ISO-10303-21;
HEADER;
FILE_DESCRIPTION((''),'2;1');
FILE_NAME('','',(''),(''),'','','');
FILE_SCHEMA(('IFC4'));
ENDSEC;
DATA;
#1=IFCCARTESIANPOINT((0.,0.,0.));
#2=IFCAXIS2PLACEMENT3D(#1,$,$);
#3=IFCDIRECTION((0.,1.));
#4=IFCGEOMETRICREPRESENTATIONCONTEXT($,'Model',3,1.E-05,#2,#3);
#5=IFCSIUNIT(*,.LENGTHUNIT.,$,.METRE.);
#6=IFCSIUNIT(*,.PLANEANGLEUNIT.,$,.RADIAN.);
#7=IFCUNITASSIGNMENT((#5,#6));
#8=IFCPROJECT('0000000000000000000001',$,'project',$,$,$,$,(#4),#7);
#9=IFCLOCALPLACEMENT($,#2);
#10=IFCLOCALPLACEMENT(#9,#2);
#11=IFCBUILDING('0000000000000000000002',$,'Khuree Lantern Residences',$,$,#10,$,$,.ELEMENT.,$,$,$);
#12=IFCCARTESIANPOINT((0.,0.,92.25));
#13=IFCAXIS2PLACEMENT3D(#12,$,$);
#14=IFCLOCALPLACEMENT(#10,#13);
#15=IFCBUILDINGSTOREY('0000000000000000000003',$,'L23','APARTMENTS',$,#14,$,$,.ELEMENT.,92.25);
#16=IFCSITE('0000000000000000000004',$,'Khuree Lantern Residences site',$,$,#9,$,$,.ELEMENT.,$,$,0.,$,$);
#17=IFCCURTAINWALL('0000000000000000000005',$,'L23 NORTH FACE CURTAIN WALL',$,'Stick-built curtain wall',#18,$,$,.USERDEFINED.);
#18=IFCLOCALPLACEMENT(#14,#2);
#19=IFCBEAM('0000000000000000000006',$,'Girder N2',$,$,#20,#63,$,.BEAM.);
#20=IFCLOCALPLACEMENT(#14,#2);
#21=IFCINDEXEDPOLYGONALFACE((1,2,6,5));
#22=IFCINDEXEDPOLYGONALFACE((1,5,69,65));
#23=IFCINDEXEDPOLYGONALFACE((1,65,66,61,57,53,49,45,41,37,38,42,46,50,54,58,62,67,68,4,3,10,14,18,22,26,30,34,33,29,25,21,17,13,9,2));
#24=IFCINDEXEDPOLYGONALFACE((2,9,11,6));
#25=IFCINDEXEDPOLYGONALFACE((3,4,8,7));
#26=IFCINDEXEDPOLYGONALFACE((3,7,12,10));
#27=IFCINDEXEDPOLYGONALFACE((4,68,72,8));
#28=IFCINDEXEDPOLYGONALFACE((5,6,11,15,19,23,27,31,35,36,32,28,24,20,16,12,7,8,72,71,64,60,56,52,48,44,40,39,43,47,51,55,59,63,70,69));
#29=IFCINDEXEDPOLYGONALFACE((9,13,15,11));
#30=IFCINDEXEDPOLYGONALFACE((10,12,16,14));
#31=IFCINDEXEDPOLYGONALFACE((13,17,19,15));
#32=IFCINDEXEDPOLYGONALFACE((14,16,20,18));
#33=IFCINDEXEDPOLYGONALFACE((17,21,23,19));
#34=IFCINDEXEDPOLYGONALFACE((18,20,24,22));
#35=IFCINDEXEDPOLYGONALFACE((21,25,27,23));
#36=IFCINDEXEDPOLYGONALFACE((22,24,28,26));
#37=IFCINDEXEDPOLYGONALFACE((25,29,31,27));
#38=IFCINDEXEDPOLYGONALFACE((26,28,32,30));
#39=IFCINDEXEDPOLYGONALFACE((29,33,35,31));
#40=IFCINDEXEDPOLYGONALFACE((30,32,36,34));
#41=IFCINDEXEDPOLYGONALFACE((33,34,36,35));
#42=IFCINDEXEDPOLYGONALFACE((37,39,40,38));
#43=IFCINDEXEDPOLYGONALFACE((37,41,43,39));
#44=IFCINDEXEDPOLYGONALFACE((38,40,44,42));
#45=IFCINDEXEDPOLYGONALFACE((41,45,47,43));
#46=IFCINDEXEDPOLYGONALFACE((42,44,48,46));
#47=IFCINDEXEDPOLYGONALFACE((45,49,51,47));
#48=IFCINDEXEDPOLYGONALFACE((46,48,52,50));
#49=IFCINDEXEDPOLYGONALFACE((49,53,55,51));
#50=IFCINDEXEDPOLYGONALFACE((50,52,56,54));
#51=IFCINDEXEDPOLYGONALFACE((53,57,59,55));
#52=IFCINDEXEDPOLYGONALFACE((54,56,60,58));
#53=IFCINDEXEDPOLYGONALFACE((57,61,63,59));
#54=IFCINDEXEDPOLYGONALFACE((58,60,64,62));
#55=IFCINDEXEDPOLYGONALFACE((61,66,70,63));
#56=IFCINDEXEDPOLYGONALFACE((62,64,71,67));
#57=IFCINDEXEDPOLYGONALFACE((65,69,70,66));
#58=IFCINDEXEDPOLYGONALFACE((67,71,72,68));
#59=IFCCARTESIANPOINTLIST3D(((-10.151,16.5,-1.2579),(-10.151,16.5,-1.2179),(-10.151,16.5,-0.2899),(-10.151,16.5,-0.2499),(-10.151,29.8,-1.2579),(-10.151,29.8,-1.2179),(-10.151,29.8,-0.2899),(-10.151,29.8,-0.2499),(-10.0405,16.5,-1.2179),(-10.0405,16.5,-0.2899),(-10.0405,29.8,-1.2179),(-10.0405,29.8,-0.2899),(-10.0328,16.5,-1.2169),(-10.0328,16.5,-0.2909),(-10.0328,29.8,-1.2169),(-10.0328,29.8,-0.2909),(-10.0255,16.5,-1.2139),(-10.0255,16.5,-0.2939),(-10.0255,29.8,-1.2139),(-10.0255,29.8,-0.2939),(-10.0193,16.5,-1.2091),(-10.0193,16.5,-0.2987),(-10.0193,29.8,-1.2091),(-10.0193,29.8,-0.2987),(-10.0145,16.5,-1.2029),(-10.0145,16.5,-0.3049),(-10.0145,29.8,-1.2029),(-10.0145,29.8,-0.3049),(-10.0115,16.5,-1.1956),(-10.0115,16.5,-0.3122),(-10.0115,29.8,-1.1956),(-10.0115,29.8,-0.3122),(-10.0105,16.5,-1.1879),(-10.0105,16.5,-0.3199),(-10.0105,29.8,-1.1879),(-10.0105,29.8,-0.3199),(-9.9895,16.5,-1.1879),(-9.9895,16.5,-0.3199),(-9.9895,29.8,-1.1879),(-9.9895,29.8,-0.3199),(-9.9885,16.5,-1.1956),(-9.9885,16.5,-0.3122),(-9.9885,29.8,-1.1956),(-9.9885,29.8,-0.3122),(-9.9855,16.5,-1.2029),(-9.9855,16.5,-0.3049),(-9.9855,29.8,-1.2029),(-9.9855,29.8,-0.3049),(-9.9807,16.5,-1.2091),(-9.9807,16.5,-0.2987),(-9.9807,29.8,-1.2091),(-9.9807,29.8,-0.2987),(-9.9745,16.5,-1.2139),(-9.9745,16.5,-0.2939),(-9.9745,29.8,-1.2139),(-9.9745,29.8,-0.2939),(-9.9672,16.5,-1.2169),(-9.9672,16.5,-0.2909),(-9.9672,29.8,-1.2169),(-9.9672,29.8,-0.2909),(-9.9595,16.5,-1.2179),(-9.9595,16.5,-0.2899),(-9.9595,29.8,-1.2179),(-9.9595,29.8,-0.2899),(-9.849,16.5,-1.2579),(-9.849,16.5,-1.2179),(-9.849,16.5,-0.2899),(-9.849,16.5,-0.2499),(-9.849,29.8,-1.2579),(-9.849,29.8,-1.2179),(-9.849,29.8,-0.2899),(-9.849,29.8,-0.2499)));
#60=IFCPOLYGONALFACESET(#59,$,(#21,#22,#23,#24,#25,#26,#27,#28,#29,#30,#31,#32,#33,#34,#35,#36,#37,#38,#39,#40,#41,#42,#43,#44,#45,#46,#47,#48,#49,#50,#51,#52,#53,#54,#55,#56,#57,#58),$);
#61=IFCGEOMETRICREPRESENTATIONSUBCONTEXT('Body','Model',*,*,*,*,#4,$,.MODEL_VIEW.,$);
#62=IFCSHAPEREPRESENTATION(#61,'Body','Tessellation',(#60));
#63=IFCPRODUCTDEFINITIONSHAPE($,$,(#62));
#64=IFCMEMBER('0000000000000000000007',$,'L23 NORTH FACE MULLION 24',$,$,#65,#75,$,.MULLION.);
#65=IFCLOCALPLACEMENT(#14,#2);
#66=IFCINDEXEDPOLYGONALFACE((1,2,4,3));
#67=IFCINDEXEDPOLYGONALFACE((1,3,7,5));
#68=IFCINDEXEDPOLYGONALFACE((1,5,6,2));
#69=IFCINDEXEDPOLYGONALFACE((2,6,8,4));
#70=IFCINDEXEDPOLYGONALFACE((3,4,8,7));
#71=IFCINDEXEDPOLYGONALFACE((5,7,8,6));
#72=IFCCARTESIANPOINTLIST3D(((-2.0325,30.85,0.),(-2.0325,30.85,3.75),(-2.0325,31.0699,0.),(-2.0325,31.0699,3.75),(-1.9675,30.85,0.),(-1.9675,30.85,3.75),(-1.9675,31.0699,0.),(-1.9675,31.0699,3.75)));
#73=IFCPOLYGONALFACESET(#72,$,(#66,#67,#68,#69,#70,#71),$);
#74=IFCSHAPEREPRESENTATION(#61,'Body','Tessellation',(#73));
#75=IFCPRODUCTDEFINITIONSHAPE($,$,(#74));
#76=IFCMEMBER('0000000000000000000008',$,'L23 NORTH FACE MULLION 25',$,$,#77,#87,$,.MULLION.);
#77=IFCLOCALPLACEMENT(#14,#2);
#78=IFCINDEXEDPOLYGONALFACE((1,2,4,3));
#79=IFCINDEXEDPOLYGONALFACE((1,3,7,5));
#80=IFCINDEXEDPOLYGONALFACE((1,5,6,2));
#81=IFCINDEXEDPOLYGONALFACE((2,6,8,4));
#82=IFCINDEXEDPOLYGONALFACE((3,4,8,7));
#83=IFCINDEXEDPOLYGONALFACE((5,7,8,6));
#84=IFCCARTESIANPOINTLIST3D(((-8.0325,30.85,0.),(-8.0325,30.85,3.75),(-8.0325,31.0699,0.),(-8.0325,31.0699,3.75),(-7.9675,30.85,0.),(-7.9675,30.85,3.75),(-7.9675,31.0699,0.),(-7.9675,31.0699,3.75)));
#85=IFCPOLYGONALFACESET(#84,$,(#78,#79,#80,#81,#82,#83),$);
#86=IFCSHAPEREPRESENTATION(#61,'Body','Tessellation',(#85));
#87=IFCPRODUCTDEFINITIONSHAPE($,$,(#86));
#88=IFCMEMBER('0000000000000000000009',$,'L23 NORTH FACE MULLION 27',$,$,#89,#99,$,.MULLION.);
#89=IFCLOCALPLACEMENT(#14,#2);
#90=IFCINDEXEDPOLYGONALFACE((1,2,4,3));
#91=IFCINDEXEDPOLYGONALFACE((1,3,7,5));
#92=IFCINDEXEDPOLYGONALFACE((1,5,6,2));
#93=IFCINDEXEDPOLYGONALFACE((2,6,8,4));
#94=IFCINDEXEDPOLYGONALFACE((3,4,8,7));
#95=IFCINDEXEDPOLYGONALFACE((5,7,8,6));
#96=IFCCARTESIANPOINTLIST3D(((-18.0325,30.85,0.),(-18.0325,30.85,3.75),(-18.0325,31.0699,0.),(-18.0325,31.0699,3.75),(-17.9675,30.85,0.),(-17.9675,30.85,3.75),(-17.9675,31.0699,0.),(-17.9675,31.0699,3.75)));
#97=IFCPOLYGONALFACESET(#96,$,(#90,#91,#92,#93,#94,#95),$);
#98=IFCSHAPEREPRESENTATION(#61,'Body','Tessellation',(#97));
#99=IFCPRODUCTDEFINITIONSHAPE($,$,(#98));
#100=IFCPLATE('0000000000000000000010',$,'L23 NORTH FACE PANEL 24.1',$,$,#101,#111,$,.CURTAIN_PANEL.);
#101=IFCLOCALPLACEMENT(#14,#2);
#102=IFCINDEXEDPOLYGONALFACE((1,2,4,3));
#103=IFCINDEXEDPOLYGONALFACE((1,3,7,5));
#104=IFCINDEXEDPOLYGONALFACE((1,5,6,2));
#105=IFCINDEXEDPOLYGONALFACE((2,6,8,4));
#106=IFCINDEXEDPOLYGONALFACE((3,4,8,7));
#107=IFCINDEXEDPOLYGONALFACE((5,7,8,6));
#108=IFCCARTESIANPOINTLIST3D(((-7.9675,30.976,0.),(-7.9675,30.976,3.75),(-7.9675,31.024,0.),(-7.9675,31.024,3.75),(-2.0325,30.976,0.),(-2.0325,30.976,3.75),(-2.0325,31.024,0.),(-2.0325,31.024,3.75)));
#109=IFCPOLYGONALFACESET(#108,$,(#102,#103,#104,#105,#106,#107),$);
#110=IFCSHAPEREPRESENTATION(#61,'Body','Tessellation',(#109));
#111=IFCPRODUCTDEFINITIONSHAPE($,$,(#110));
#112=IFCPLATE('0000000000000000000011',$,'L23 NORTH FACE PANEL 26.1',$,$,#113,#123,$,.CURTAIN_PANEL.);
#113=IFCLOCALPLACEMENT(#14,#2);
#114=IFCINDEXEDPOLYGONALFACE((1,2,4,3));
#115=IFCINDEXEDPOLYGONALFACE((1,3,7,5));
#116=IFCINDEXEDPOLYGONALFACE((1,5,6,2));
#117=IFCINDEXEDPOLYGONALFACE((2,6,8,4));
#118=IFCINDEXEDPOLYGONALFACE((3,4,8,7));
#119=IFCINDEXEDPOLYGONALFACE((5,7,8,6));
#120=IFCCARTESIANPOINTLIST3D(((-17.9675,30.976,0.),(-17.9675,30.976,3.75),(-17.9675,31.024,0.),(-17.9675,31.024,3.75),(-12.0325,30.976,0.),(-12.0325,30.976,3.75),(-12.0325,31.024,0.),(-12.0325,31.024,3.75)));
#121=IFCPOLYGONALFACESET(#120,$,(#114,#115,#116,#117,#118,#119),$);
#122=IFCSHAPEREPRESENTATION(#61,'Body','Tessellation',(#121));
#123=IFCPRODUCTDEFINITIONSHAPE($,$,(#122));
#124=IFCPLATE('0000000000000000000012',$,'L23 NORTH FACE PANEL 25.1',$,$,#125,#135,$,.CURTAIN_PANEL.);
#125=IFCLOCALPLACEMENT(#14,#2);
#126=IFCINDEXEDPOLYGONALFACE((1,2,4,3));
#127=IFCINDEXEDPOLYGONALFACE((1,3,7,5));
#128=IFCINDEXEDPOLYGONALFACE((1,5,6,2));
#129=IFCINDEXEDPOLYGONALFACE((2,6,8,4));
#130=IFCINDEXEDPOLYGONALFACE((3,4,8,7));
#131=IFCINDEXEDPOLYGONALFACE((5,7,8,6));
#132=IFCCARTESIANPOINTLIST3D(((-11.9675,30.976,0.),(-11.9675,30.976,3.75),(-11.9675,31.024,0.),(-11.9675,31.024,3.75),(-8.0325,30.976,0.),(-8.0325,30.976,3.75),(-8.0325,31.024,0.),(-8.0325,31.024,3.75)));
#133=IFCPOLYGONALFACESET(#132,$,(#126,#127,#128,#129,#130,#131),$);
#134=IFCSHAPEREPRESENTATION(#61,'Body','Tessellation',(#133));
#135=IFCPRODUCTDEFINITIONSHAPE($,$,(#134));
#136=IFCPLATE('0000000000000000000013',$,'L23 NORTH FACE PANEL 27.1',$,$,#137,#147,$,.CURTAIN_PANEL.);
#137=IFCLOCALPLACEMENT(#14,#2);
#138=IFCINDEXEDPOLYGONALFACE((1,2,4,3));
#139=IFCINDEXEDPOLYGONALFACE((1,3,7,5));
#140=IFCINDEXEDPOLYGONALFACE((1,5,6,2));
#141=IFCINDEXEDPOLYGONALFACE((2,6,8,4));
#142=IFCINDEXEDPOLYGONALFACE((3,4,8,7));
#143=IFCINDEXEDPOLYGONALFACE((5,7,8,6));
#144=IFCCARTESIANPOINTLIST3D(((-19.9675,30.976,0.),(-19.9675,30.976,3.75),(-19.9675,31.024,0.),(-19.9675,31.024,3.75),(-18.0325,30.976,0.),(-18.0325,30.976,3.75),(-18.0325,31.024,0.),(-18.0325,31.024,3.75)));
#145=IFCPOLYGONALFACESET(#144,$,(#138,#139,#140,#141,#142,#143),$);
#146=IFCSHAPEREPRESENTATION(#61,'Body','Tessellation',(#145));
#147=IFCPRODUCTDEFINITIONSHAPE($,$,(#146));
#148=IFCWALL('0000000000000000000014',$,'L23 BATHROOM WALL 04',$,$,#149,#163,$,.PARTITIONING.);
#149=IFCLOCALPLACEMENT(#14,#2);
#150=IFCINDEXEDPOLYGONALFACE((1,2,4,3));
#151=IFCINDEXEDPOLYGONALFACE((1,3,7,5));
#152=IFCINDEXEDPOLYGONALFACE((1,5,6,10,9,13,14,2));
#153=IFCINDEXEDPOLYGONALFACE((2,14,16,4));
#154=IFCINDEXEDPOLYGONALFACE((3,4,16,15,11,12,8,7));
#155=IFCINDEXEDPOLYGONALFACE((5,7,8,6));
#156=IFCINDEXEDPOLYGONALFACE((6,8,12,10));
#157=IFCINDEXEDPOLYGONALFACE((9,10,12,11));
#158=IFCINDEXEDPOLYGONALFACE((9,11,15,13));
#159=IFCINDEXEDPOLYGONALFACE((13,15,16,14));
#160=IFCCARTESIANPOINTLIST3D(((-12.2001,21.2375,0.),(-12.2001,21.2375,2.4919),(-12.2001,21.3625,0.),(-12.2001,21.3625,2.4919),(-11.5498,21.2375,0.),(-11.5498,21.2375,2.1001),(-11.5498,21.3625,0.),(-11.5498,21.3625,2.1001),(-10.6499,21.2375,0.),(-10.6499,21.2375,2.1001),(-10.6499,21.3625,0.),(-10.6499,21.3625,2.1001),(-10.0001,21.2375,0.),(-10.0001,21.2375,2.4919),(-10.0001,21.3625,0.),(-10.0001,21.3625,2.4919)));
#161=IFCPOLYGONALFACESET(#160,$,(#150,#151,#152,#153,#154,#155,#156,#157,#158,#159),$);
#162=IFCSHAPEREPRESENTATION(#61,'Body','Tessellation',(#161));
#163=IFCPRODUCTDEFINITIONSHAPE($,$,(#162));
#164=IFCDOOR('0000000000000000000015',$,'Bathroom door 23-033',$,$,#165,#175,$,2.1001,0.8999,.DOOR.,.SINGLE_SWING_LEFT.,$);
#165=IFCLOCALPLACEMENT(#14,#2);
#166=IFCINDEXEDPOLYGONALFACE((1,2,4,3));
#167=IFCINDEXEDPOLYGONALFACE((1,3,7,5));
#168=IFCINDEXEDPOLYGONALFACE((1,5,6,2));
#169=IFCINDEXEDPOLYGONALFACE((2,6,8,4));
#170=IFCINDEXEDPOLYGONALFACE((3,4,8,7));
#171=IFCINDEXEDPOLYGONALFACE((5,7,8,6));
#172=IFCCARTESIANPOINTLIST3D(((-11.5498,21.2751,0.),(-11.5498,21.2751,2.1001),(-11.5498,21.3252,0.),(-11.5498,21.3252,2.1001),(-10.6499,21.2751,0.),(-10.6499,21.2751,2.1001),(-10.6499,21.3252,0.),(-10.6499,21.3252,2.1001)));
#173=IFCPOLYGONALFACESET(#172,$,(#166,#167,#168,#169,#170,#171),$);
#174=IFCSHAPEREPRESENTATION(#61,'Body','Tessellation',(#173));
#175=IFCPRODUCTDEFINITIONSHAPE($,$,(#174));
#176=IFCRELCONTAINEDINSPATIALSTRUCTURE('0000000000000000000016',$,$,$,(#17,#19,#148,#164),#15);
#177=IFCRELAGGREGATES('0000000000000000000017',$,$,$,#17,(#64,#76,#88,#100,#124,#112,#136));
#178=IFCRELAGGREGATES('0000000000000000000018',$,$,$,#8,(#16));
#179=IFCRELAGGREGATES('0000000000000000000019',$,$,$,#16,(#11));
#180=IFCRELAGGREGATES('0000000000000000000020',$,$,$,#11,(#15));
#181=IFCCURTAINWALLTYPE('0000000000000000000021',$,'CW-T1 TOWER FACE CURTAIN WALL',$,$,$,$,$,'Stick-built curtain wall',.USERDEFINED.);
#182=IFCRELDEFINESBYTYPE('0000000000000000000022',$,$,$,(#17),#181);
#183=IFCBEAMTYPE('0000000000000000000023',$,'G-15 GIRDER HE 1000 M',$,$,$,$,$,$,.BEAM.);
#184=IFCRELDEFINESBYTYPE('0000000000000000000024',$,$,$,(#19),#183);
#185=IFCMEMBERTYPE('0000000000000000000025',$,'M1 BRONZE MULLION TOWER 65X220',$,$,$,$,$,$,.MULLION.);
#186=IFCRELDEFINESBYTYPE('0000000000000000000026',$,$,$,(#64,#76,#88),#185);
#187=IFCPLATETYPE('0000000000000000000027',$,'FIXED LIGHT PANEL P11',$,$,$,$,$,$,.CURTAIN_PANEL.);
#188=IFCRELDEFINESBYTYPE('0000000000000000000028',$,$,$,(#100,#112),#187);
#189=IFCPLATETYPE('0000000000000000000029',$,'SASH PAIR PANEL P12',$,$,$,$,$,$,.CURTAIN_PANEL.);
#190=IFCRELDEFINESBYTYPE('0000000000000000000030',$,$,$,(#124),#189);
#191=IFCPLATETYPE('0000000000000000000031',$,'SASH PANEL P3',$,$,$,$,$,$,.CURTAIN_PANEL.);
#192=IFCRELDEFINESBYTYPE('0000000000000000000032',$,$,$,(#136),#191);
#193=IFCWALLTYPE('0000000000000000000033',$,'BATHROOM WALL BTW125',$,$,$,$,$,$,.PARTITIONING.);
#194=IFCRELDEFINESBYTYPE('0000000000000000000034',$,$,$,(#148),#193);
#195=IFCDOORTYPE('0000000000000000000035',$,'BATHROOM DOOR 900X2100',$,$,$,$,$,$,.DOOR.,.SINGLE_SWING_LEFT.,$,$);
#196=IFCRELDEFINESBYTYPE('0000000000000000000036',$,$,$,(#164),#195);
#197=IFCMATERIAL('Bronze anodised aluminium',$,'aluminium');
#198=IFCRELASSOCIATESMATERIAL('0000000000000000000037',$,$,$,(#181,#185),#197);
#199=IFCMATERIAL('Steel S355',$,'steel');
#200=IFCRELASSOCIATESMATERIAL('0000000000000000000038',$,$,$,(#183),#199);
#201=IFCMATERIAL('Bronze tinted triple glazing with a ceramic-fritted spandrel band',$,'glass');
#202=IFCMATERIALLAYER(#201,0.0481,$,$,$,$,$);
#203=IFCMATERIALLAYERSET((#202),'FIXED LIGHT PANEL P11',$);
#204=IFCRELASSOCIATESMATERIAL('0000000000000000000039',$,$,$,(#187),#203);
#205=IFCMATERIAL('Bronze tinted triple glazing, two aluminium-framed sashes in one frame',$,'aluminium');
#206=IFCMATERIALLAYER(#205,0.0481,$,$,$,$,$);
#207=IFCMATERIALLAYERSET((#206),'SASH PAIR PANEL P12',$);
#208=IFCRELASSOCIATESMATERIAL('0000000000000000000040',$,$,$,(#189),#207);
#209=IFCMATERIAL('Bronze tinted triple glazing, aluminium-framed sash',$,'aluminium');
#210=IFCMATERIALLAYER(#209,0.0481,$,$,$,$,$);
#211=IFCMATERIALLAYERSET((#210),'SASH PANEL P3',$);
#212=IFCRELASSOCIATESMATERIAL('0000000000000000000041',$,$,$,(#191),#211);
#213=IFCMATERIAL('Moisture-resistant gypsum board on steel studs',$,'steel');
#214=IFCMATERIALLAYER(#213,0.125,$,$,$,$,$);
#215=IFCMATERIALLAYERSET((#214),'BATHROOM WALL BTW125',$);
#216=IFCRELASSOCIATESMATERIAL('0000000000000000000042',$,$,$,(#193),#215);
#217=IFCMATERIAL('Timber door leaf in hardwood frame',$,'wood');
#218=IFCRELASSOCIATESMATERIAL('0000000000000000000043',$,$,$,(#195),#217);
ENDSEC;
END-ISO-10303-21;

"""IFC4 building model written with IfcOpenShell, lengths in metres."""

from ifc_helpers import new_model, si_unit, direction, frame, frame_2d, origin, origin_2d, place, context, subcontext, project, spatial, rectangle, i_section, extrude, material, layer, layer_set, material_profile, profile_set, type_object, element, fill, aggregate, save


model = new_model("IFC4")

# Units and contexts
model_context = context("Model", 3, precision=1e-05, world=origin(), true_north=direction((0.0, 1.0)))
body_context = subcontext(model_context, "Body", "Model", "MODEL_VIEW")
ifc_project = project(units=[si_unit("LENGTHUNIT", "METRE"), si_unit("PLANEANGLEUNIT", "RADIAN")], contexts=[model_context])

# Site, building, storey
site_placement = place(None, origin())
site = spatial("IfcSite", under=ifc_project, at=site_placement, Name="Khuree Lantern Residences site", CompositionType="ELEMENT", RefElevation=0.0)
building_placement = place(site_placement, origin())
building = spatial("IfcBuilding", under=site, at=building_placement, Name="Khuree Lantern Residences", CompositionType="ELEMENT")
storey_placement = place(building_placement, frame((0.0, 0.0, 92.25)))
storey = spatial("IfcBuildingStorey", under=building, at=storey_placement, Name="L23", Description="APARTMENTS", CompositionType="ELEMENT", Elevation=92.25)

# Shared definitions
ifc_material_1 = material(Name="Steel S355", Category="steel")

# Curtain wall
ifc_material_2 = material(Name="Bronze anodised aluminium", Category="aluminium")
curtain_wall_type = type_object("IfcCurtainWallType", Name="CW-T1 TOWER FACE CURTAIN WALL", ElementType="Stick-built curtain wall", PredefinedType="USERDEFINED", material=ifc_material_2)
curtain_wall_placement = place(storey_placement, origin())
curtain_wall = element("IfcCurtainWall", 1, at=curtain_wall_placement, inside=storey, type_object=curtain_wall_type, Name="L23 NORTH FACE CURTAIN WALL", ObjectType="Stick-built curtain wall", PredefinedType="USERDEFINED")

# Beam
ifc_material_profile_1 = material_profile(ifc_material_1, i_section(OverallWidth=0.302, OverallDepth=1.0081, WebThickness=0.021, FlangeThickness=0.04, FilletRadius=0.03, at=origin_2d()), Name="HE 1000 M")
ifc_profile_set_1 = profile_set([ifc_material_profile_1], Name="Steel S355")
beam_type_1 = type_object("IfcBeamType", Name="G-15 GIRDER HE 1000 M", PredefinedType="BEAM", material=ifc_profile_set_1)
beam_1_placement = place(storey_placement, frame((-10.0, 29.8, -0.7539), z_axis=(0.0, -1.0, 0.0), x_axis=(1.0, 0.0, 0.0)))
element("IfcBeam", 2, at=beam_1_placement, inside=storey, type_object=beam_type_1, Name="Girder N2", PredefinedType="BEAM", context=body_context, shape_type="SweptSolid", body=[
    extrude(i_section(OverallWidth=0.302, OverallDepth=1.0081, WebThickness=0.021, FlangeThickness=0.04, FilletRadius=0.03, at=origin_2d()), origin(), (0.0, 0.0, 1.0), 13.3),
])

# Members
ifc_material_profile_2 = material_profile(ifc_material_2, rectangle(XDim=0.0649, YDim=0.22, at=origin_2d()), Name="M1 65X220")
ifc_profile_set_2 = profile_set([ifc_material_profile_2], Name="Bronze anodised aluminium")
member_type_1 = type_object("IfcMemberType", Name="M1 BRONZE MULLION TOWER 65X220", PredefinedType="MULLION", material=ifc_profile_set_2)
member_1_placement = place(storey_placement, frame((-2.0, 30.96, 0.0), z_axis=(0.0, 0.0, 1.0), x_axis=(-1.0, 0.0, 0.0)))
member_1 = element("IfcMember", 3, at=member_1_placement, type_object=member_type_1, Name="L23 NORTH FACE MULLION 24", PredefinedType="MULLION", context=body_context, shape_type="SweptSolid", body=[
    extrude(rectangle(XDim=0.0649, YDim=0.22, at=origin_2d()), origin(), (0.0, 0.0, 1.0), 3.75),
])
member_2_placement = place(storey_placement, frame((-8.0, 30.96, 0.0), z_axis=(0.0, 0.0, 1.0), x_axis=(-1.0, 0.0, 0.0)))
member_2 = element("IfcMember", 4, at=member_2_placement, type_object=member_type_1, Name="L23 NORTH FACE MULLION 25", PredefinedType="MULLION", context=body_context, shape_type="SweptSolid", body=[
    extrude(rectangle(XDim=0.0649, YDim=0.22, at=origin_2d()), origin(), (0.0, 0.0, 1.0), 3.75),
])
member_3_placement = place(storey_placement, frame((-18.0, 30.96, 0.0), z_axis=(0.0, 0.0, 1.0), x_axis=(-1.0, 0.0, 0.0)))
member_3 = element("IfcMember", 5, at=member_3_placement, type_object=member_type_1, Name="L23 NORTH FACE MULLION 27", PredefinedType="MULLION", context=body_context, shape_type="SweptSolid", body=[
    extrude(rectangle(XDim=0.0649, YDim=0.22, at=origin_2d()), origin(), (0.0, 0.0, 1.0), 3.75),
])

# Plates
ifc_material_3 = material(Name="Bronze tinted triple glazing with a ceramic-fritted spandrel band", Category="glass")
ifc_layer_1 = layer(ifc_material_3, 0.0481)
ifc_layer_set_1 = layer_set([ifc_layer_1], Name="FIXED LIGHT PANEL P11")
plate_type_1 = type_object("IfcPlateType", Name="FIXED LIGHT PANEL P11", PredefinedType="CURTAIN_PANEL", material=ifc_layer_set_1)
plate_1_placement = place(storey_placement, frame((-5.0, 31.0, 0.0), z_axis=(0.0, 0.0, 1.0), x_axis=(-1.0, 0.0, 0.0)))
plate_1 = element("IfcPlate", 6, at=plate_1_placement, type_object=plate_type_1, Name="L23 NORTH FACE PANEL 24.1", PredefinedType="CURTAIN_PANEL", context=body_context, shape_type="SweptSolid", body=[
    extrude(rectangle(XDim=5.9351, YDim=0.0481, at=origin_2d()), origin(), (0.0, 0.0, 1.0), 3.75),
])
plate_2_placement = place(storey_placement, frame((-15.0, 31.0, 0.0), z_axis=(0.0, 0.0, 1.0), x_axis=(-1.0, 0.0, 0.0)))
plate_2 = element("IfcPlate", 7, at=plate_2_placement, type_object=plate_type_1, Name="L23 NORTH FACE PANEL 26.1", PredefinedType="CURTAIN_PANEL", context=body_context, shape_type="SweptSolid", body=[
    extrude(rectangle(XDim=5.9351, YDim=0.0481, at=origin_2d()), origin(), (0.0, 0.0, 1.0), 3.75),
])
ifc_material_4 = material(Name="Bronze tinted triple glazing, two aluminium-framed sashes in one frame", Category="aluminium")
ifc_layer_2 = layer(ifc_material_4, 0.0481)
ifc_layer_set_2 = layer_set([ifc_layer_2], Name="SASH PAIR PANEL P12")
plate_type_2 = type_object("IfcPlateType", Name="SASH PAIR PANEL P12", PredefinedType="CURTAIN_PANEL", material=ifc_layer_set_2)
plate_3_placement = place(storey_placement, frame((-10.0, 31.0, 0.0), z_axis=(0.0, 0.0, 1.0), x_axis=(-1.0, 0.0, 0.0)))
plate_3 = element("IfcPlate", 8, at=plate_3_placement, type_object=plate_type_2, Name="L23 NORTH FACE PANEL 25.1", PredefinedType="CURTAIN_PANEL", context=body_context, shape_type="SweptSolid", body=[
    extrude(rectangle(XDim=3.9351, YDim=0.0481, at=origin_2d()), origin(), (0.0, 0.0, 1.0), 3.75),
])
ifc_material_5 = material(Name="Bronze tinted triple glazing, aluminium-framed sash", Category="aluminium")
ifc_layer_3 = layer(ifc_material_5, 0.0481)
ifc_layer_set_3 = layer_set([ifc_layer_3], Name="SASH PANEL P3")
plate_type_3 = type_object("IfcPlateType", Name="SASH PANEL P3", PredefinedType="CURTAIN_PANEL", material=ifc_layer_set_3)
plate_4_placement = place(storey_placement, frame((-19.0, 31.0, 0.0), z_axis=(0.0, 0.0, 1.0), x_axis=(-1.0, 0.0, 0.0)))
plate_4 = element("IfcPlate", 9, at=plate_4_placement, type_object=plate_type_3, Name="L23 NORTH FACE PANEL 27.1", PredefinedType="CURTAIN_PANEL", context=body_context, shape_type="SweptSolid", body=[
    extrude(rectangle(XDim=1.9351, YDim=0.0481, at=origin_2d()), origin(), (0.0, 0.0, 1.0), 3.75),
])
aggregate(curtain_wall, [member_1, member_2, member_3, plate_1, plate_3, plate_2, plate_4])

# Wall, opening, door
ifc_material_6 = material(Name="Moisture-resistant gypsum board on steel studs", Category="steel")
ifc_layer_4 = layer(ifc_material_6, 0.125)
ifc_layer_set_4 = layer_set([ifc_layer_4], Name="BATHROOM WALL BTW125")
wall_type_1 = type_object("IfcWallType", Name="BATHROOM WALL BTW125", PredefinedType="PARTITIONING", material=ifc_layer_set_4)
wall_1_placement = place(storey_placement, frame((-10.0, 21.3, 0.0), z_axis=(0.0, 0.0, 1.0), x_axis=(-1.0, 0.0, 0.0)))
wall_1 = element("IfcWall", 10, at=wall_1_placement, inside=storey, type_object=wall_type_1, Name="L23 BATHROOM WALL 04", PredefinedType="PARTITIONING", context=body_context, shape_type="SweptSolid", body=[
    extrude(rectangle(XDim=2.2, YDim=0.125, at=frame_2d((1.1001, 0.0))), origin(), (0.0, 0.0, 1.0), 2.4919),
])
opening_1_placement = place(wall_1_placement, frame((0.6499, 0.0, 0.0)))
opening_1 = element("IfcOpeningElement", 11, at=opening_1_placement, cuts=wall_1, PredefinedType="OPENING", context=body_context, shape_type="SweptSolid", body=[
    extrude(rectangle(XDim=0.8999, YDim=2.1001, at=frame_2d((0.45, 1.05))), frame((0.0, 0.0725, 0.0), z_axis=(0.0, -1.0, 0.0), x_axis=(1.0, 0.0, 0.0)), (0.0, 0.0, 1.0), 0.145),
])
ifc_material_7 = material(Name="Timber door leaf in hardwood frame", Category="wood")
door_type_1 = type_object("IfcDoorType", Name="BATHROOM DOOR 900X2100", OperationType="SINGLE_SWING_LEFT", PredefinedType="DOOR", material=ifc_material_7)
door_1_placement = place(opening_1_placement, origin())
door_1 = element("IfcDoor", 12, at=door_1_placement, inside=storey, type_object=door_type_1, Name="Bathroom door 23-033", OperationType="SINGLE_SWING_LEFT", OverallHeight=2.1001, OverallWidth=0.8999, PredefinedType="DOOR", context=body_context, shape_type="SweptSolid", body=[
    extrude(rectangle(XDim=0.8999, YDim=2.1001, at=frame_2d((0.45, 1.05))), frame((0.0, 0.0249, 0.0), z_axis=(0.0, -1.0, 0.0), x_axis=(1.0, 0.0, 0.0)), (0.0, 0.0, 1.0), 0.05),
])
fill(opening_1, door_1)

save(model, "model.ifc")
